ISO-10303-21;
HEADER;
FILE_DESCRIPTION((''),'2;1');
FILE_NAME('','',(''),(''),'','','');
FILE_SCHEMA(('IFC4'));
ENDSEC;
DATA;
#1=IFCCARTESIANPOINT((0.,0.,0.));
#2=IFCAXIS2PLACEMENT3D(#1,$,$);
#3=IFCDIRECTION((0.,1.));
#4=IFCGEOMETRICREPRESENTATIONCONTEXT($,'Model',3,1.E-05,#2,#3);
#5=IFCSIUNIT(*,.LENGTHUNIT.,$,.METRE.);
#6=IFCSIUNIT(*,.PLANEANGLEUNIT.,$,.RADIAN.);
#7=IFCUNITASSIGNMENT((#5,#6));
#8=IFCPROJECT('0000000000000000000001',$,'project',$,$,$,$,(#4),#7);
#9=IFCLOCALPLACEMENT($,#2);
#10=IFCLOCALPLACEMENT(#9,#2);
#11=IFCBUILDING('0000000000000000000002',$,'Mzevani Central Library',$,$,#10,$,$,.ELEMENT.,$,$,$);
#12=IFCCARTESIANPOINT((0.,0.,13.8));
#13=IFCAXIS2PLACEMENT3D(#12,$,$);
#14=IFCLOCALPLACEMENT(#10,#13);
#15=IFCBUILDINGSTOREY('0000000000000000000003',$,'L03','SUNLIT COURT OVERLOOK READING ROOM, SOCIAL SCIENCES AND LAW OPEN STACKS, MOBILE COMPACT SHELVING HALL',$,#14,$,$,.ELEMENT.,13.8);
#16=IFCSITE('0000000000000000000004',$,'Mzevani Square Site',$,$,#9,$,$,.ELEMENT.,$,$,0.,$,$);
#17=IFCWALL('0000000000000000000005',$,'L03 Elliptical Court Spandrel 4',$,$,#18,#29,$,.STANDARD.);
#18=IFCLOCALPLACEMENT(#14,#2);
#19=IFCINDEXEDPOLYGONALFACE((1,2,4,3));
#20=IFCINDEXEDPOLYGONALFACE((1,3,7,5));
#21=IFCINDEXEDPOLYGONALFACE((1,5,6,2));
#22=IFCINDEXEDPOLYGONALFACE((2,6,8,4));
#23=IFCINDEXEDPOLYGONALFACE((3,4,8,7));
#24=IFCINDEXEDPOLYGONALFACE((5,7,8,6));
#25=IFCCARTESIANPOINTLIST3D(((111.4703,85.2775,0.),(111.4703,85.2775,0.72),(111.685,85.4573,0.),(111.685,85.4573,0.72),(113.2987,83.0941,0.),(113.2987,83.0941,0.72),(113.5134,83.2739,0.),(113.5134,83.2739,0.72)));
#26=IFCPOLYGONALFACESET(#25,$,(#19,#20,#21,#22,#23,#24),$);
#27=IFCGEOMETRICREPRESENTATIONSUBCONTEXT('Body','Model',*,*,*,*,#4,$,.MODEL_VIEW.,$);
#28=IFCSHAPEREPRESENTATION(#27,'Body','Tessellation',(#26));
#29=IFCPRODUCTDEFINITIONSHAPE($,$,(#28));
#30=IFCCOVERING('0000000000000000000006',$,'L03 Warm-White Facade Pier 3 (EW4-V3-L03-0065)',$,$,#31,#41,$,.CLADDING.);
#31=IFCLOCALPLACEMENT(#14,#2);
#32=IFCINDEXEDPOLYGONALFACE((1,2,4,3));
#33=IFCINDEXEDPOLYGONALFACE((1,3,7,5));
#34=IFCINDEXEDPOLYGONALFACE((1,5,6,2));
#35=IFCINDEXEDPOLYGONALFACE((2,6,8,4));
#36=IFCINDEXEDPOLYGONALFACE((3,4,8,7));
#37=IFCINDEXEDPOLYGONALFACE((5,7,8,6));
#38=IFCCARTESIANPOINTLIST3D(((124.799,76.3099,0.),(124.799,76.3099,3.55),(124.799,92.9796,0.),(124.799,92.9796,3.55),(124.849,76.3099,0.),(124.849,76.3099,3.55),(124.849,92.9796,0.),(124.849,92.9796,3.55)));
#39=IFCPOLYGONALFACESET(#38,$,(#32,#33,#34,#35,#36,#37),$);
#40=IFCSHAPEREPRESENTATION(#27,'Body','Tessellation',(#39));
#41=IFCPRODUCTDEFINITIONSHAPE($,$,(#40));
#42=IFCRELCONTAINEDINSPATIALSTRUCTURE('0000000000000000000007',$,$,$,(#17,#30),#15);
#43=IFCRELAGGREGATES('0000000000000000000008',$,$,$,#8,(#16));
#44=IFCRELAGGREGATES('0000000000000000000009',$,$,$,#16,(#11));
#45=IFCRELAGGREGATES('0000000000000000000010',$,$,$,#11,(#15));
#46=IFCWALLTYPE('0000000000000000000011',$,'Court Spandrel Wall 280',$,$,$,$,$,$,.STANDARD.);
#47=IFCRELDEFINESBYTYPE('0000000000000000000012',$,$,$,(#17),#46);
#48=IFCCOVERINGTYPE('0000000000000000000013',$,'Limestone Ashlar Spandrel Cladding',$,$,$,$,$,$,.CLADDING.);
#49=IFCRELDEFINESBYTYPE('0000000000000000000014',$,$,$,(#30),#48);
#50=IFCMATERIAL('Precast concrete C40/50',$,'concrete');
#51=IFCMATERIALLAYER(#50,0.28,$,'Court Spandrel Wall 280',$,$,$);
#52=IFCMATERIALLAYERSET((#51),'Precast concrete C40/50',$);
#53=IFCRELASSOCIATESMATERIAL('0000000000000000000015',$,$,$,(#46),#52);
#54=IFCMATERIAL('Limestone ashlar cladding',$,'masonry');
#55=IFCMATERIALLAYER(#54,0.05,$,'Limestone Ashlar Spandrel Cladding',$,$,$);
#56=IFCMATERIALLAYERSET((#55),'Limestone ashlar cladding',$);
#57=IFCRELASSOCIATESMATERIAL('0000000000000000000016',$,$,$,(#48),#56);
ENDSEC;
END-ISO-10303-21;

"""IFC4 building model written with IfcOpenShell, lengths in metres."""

from ifc_helpers import new_model, si_unit, direction, frame, frame_2d, origin, origin_2d, place, context, subcontext, project, spatial, rectangle, extrude, material, layer, layer_set, type_object, element, save


model = new_model("IFC4")

# Units and contexts
model_context = context("Model", 3, precision=1e-05, world=origin(), true_north=direction((0.0, 1.0)))
body_context = subcontext(model_context, "Body", "Model", "MODEL_VIEW")
ifc_project = project(units=[si_unit("LENGTHUNIT", "METRE"), si_unit("PLANEANGLEUNIT", "RADIAN")], contexts=[model_context])

# Site, building, storey
site_placement = place(None, origin())
site = spatial("IfcSite", under=ifc_project, at=site_placement, Name="Mzevani Square Site", CompositionType="ELEMENT", RefElevation=0.0)
building_placement = place(site_placement, origin())
building = spatial("IfcBuilding", under=site, at=building_placement, Name="Mzevani Central Library", CompositionType="ELEMENT")
storey_placement = place(building_placement, frame((0.0, 0.0, 13.8)))
storey = spatial("IfcBuildingStorey", under=building, at=storey_placement, Name="L03", Description="SUNLIT COURT OVERLOOK READING ROOM, SOCIAL SCIENCES AND LAW OPEN STACKS, MOBILE COMPACT SHELVING HALL", CompositionType="ELEMENT", Elevation=13.8)

# Wall
ifc_material_1 = material(Name="Precast concrete C40/50", Category="concrete")
ifc_layer_1 = layer(ifc_material_1, 0.28, Name="Court Spandrel Wall 280")
ifc_layer_set_1 = layer_set([ifc_layer_1], Name="Precast concrete C40/50")
wall_type = type_object("IfcWallType", Name="Court Spandrel Wall 280", PredefinedType="STANDARD", material=ifc_layer_set_1)
wall_1_placement = place(storey_placement, frame((113.406, 83.1841, 0.0), z_axis=(0.0, 0.0, 1.0), x_axis=(-0.642029, 0.76668, 0.0)))
element("IfcWall", 1, at=wall_1_placement, inside=storey, type_object=wall_type, Name="L03 Elliptical Court Spandrel 4", PredefinedType="STANDARD", context=body_context, shape_type="SweptSolid", body=[
    extrude(rectangle(XDim=2.8479, YDim=0.28, at=frame_2d((1.4238, 0.0))), origin(), (0.0, 0.0, 1.0), 0.72),
])

# Covering
ifc_material_2 = material(Name="Limestone ashlar cladding", Category="masonry")
ifc_layer_2 = layer(ifc_material_2, 0.05, Name="Limestone Ashlar Spandrel Cladding")
ifc_layer_set_2 = layer_set([ifc_layer_2], Name="Limestone ashlar cladding")
covering_type = type_object("IfcCoveringType", Name="Limestone Ashlar Spandrel Cladding", PredefinedType="CLADDING", material=ifc_layer_set_2)
covering_placement = place(storey_placement, frame((124.824, 84.6448, 0.0), z_axis=(0.0, 0.0, 1.0), x_axis=(0.0, -1.0, 0.0)))
element("IfcCovering", 2, at=covering_placement, inside=storey, type_object=covering_type, Name="L03 Warm-White Facade Pier 3 (EW4-V3-L03-0065)", PredefinedType="CLADDING", context=body_context, shape_type="SweptSolid", body=[
    extrude(rectangle(XDim=16.6697, YDim=0.05, at=origin_2d()), origin(), (0.0, 0.0, 1.0), 3.55),
])

save(model, "model.ifc")
